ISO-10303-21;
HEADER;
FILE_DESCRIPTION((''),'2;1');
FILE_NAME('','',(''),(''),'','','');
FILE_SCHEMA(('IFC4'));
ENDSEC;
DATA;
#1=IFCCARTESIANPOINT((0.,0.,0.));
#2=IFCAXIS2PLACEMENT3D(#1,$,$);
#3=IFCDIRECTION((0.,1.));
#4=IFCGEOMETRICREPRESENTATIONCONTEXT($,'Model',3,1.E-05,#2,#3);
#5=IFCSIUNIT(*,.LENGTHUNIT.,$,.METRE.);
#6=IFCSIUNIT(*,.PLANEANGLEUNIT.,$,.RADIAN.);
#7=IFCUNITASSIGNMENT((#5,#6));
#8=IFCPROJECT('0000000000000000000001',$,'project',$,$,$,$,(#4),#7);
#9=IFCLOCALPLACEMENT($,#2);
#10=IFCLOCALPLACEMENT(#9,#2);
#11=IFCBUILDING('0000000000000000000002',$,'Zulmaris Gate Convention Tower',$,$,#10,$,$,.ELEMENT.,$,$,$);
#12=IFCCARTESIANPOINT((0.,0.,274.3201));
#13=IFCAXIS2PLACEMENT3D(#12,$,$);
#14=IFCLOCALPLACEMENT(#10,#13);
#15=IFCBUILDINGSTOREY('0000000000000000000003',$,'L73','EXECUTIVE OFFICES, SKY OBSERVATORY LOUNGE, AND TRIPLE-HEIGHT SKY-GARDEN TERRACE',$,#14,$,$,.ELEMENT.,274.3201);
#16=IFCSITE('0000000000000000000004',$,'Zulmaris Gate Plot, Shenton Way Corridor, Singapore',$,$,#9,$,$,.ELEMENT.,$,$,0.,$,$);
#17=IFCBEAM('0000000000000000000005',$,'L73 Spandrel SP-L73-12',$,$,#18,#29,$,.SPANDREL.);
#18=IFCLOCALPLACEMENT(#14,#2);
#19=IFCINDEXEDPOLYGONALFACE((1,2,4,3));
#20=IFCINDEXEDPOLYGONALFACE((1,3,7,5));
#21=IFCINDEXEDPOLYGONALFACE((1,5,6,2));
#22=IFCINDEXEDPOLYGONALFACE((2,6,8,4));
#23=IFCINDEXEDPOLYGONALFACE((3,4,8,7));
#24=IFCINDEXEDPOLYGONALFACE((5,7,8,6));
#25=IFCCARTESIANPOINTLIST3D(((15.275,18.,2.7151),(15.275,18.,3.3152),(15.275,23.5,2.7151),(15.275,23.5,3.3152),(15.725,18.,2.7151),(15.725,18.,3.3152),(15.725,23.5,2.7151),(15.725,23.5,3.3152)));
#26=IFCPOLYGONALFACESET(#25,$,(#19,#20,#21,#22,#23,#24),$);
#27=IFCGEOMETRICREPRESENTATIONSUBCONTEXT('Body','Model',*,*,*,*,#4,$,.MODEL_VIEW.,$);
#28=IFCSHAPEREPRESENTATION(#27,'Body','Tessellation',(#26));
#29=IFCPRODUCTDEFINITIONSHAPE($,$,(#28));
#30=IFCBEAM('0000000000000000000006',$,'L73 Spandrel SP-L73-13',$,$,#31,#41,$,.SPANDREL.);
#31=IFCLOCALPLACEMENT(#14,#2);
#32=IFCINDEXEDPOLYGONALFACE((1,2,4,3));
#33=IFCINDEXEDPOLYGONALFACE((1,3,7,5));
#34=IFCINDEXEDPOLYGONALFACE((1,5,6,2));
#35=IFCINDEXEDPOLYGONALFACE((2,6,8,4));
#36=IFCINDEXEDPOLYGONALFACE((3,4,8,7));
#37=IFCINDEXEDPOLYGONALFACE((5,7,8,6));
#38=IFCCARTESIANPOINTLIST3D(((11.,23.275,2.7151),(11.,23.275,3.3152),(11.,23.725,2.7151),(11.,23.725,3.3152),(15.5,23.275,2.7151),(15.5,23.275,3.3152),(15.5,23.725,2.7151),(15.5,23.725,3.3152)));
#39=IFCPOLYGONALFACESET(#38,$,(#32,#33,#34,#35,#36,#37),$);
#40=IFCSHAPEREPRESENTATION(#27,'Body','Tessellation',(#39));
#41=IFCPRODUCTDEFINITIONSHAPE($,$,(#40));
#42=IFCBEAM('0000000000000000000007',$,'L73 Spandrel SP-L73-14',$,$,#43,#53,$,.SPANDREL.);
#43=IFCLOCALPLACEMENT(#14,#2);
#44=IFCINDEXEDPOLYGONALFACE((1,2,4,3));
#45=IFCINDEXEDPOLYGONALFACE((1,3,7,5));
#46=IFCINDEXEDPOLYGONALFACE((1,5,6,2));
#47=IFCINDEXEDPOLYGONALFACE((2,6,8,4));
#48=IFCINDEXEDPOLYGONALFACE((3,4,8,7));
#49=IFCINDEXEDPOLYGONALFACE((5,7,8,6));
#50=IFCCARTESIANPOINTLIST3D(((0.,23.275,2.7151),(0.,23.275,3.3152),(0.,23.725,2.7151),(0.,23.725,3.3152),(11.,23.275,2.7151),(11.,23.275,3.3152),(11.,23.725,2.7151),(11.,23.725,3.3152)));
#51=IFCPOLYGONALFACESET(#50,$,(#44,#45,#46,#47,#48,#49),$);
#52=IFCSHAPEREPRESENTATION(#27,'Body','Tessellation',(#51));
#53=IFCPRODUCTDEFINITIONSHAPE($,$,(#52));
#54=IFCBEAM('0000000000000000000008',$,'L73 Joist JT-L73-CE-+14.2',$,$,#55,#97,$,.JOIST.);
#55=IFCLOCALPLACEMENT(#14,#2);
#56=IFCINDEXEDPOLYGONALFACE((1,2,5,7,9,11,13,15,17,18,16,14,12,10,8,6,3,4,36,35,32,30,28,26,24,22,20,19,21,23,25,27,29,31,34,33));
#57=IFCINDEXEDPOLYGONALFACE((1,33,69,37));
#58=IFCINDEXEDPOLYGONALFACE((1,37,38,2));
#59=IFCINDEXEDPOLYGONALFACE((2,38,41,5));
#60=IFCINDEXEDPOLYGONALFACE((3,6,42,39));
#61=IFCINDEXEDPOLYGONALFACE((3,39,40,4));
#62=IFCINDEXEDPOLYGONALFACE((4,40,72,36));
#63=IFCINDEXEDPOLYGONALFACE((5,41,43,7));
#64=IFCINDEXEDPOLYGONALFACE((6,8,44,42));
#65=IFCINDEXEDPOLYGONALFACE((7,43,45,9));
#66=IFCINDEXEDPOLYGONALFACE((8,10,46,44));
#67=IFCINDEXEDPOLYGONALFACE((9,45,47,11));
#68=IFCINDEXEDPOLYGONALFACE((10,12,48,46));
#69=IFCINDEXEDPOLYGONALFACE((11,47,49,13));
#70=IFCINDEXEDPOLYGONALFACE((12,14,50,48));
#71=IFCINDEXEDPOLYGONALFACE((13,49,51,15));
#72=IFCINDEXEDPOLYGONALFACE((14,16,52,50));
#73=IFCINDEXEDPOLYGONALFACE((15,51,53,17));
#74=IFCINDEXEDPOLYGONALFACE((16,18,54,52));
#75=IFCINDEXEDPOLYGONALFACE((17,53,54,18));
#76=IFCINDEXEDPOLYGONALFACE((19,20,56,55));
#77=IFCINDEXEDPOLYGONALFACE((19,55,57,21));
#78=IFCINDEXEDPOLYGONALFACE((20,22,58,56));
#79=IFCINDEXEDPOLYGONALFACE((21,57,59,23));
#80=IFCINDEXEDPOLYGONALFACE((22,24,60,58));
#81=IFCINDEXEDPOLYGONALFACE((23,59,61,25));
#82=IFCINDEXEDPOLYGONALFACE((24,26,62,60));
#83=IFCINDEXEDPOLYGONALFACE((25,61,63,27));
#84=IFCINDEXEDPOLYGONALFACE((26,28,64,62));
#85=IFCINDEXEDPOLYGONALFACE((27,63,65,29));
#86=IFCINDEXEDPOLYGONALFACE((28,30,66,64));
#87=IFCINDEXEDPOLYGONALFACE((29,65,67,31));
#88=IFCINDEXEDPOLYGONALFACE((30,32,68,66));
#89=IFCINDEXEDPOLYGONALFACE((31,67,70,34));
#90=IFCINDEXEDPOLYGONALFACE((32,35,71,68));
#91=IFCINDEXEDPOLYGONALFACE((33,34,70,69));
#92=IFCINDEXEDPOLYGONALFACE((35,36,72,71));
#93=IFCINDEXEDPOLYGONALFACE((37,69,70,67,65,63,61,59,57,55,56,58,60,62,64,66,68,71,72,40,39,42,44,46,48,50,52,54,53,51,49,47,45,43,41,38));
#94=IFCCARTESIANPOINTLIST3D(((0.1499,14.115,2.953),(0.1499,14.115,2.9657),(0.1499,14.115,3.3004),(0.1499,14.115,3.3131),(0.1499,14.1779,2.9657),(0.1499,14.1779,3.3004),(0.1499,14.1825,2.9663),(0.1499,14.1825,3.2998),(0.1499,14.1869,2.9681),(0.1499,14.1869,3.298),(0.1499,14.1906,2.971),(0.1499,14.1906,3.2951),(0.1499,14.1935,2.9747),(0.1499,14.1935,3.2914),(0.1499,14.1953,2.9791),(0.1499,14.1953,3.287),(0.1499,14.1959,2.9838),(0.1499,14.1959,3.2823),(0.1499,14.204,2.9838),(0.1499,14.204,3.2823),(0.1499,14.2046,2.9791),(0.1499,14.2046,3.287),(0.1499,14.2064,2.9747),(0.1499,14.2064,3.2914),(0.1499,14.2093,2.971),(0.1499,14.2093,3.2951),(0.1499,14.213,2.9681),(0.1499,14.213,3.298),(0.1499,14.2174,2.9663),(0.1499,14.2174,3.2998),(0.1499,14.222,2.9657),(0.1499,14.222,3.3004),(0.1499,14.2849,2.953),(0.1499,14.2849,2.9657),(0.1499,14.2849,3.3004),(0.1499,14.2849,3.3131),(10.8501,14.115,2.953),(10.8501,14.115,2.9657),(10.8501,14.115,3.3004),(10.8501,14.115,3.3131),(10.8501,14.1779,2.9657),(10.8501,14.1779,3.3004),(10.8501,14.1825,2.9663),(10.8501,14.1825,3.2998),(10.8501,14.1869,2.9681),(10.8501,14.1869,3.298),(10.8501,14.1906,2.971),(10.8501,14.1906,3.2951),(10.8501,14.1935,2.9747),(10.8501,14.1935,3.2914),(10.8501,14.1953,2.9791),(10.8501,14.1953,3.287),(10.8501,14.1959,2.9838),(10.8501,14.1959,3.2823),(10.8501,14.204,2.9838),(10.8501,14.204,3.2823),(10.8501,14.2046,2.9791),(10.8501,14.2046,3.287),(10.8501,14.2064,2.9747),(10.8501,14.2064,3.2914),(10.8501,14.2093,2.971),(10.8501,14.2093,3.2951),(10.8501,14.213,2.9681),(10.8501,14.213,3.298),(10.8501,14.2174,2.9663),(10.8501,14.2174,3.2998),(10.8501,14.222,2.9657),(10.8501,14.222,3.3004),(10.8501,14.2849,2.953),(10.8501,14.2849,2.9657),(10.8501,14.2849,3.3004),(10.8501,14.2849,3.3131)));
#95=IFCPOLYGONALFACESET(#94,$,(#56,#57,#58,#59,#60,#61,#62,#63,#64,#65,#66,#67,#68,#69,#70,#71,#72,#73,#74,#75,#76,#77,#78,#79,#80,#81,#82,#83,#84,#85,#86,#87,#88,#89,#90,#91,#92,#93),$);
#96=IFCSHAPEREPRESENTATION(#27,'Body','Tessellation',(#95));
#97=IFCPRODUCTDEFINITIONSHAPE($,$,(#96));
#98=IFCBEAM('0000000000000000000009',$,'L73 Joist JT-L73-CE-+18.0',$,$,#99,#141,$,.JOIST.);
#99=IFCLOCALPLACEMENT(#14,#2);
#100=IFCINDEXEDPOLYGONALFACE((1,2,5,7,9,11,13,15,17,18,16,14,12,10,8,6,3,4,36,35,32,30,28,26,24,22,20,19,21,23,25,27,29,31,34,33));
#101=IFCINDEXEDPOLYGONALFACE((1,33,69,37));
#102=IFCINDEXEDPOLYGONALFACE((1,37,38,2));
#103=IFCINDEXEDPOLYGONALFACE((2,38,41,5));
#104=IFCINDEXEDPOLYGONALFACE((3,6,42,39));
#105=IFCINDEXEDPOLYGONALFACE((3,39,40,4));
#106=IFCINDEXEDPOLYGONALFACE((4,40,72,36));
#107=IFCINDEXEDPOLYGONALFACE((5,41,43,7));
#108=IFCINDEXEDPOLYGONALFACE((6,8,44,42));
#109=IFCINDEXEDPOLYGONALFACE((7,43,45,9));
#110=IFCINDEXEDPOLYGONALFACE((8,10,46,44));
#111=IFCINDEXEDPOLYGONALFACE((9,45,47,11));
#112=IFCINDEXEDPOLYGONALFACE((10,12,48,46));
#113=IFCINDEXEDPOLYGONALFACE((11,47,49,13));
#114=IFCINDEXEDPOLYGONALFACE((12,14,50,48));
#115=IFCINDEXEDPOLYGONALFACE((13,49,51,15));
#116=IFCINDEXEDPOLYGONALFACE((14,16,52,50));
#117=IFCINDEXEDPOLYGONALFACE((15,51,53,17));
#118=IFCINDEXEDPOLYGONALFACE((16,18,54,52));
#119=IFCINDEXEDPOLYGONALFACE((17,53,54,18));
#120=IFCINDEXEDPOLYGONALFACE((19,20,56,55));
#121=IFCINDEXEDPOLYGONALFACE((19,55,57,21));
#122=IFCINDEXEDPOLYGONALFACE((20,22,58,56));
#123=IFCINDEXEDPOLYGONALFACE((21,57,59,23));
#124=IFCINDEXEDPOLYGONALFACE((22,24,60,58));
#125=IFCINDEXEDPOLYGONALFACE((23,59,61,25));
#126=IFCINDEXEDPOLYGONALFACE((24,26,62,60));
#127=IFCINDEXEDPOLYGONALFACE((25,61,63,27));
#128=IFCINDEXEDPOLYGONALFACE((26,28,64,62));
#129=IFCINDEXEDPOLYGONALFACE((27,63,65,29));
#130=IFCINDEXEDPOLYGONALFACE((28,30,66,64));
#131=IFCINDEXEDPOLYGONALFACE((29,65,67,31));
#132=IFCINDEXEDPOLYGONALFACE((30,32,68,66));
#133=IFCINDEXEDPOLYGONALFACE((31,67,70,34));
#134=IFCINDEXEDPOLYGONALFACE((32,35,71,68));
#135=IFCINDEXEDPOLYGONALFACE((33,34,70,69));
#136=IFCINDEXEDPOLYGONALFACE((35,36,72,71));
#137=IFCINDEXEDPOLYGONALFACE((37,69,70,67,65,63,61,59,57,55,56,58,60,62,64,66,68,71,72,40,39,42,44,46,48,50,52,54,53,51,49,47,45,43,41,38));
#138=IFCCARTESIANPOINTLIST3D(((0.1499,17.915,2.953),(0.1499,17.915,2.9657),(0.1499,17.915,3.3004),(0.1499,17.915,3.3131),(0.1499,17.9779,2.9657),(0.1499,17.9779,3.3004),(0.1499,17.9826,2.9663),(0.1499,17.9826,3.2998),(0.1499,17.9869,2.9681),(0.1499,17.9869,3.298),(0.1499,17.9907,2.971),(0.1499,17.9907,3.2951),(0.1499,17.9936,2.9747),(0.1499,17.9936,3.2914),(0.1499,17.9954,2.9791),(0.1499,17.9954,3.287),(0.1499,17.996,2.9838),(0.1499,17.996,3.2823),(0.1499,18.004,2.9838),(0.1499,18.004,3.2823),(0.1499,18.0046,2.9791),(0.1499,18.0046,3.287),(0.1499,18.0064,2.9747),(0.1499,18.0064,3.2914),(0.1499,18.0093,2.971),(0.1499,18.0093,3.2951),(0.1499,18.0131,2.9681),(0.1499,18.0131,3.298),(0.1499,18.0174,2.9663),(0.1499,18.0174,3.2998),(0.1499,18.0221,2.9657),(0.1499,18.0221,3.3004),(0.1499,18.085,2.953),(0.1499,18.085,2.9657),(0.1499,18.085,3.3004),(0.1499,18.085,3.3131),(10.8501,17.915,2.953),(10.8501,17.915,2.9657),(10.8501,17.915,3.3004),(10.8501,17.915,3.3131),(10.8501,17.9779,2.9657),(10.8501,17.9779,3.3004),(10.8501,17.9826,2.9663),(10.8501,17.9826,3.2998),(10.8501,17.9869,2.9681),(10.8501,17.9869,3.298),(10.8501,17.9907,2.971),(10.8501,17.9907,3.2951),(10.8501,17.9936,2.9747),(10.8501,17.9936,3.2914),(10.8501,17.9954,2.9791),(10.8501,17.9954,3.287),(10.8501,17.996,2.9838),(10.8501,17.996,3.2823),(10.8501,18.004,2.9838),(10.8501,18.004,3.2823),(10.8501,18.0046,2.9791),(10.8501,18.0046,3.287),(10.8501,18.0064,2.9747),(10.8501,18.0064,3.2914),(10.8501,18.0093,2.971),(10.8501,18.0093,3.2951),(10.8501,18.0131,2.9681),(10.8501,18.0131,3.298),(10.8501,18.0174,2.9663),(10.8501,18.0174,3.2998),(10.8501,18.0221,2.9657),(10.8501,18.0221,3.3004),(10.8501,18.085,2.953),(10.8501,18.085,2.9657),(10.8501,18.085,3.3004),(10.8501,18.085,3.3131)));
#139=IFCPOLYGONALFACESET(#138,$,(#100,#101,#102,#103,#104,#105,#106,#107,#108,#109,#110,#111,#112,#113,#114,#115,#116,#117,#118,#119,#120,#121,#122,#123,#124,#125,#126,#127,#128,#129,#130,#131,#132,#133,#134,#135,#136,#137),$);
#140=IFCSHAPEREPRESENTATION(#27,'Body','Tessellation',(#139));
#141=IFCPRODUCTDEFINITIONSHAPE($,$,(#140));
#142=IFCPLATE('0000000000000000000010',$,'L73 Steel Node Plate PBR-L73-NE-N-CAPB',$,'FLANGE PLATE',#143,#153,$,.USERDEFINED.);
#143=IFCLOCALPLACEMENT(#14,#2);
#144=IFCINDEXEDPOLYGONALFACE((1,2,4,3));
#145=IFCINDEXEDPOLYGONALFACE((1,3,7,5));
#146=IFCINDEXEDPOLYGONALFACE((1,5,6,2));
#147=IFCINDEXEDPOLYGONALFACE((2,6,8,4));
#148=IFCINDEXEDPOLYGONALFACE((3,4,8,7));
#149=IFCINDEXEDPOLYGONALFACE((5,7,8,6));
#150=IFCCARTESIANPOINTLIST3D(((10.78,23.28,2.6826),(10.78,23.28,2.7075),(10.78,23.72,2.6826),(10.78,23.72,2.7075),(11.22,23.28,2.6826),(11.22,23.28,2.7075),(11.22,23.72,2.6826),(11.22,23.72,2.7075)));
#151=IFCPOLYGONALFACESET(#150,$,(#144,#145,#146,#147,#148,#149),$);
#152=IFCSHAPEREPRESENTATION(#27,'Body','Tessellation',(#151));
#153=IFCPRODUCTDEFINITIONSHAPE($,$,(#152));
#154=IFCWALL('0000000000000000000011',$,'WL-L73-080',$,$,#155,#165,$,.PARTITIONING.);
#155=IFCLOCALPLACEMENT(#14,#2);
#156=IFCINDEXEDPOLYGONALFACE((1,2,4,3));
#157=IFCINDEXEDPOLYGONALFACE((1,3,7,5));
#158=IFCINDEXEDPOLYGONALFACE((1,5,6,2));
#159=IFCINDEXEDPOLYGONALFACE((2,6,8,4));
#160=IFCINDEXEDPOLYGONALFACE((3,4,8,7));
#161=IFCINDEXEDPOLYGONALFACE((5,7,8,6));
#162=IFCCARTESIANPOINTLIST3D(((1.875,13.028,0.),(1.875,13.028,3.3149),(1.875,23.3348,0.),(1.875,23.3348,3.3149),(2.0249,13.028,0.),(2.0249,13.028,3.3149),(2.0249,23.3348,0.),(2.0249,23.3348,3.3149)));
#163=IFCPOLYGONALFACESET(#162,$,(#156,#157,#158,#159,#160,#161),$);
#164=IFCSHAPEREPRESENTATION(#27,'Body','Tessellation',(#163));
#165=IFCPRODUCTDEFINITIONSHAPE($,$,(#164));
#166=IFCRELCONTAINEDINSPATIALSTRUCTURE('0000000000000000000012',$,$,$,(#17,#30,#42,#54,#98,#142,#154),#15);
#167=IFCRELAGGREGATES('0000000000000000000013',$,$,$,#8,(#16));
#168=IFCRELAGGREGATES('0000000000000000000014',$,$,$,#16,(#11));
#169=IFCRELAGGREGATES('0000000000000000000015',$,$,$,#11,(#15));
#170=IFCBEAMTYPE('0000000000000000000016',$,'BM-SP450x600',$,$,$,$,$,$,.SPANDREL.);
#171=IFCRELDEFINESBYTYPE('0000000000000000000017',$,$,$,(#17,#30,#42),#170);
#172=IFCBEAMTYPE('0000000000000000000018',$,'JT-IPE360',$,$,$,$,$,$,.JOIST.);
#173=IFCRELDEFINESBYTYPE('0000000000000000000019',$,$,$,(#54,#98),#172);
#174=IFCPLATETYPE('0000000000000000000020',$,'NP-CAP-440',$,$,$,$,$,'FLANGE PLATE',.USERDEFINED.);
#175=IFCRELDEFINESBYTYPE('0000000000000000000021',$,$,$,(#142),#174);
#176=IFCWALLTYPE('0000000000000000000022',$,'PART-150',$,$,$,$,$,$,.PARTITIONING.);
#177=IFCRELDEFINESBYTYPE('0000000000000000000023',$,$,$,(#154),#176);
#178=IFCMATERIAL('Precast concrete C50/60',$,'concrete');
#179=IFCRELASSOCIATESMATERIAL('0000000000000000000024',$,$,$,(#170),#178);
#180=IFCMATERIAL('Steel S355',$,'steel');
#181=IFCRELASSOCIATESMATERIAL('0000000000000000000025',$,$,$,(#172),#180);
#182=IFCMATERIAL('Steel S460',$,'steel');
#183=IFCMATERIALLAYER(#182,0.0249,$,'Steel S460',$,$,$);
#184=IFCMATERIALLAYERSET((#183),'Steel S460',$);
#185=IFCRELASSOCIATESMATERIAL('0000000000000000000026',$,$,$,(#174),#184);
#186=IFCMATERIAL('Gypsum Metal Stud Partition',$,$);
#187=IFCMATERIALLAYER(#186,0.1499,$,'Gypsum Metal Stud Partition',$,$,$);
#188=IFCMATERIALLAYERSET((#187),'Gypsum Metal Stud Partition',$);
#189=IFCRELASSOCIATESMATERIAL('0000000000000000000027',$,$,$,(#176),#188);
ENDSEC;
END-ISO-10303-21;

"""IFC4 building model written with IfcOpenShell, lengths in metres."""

from ifc_helpers import new_model, si_unit, direction, frame, frame_2d, origin, origin_2d, place, context, subcontext, project, spatial, rectangle, i_section, extrude, material, layer, layer_set, material_profile, profile_set, type_object, element, save


model = new_model("IFC4")

# Units and contexts
model_context = context("Model", 3, precision=1e-05, world=origin(), true_north=direction((0.0, 1.0)))
body_context = subcontext(model_context, "Body", "Model", "MODEL_VIEW")
ifc_project = project(units=[si_unit("LENGTHUNIT", "METRE"), si_unit("PLANEANGLEUNIT", "RADIAN")], contexts=[model_context])

# Site, building, storey
site_placement = place(None, origin())
site = spatial("IfcSite", under=ifc_project, at=site_placement, Name="Zulmaris Gate Plot, Shenton Way Corridor, Singapore", CompositionType="ELEMENT", RefElevation=0.0)
building_placement = place(site_placement, origin())
building = spatial("IfcBuilding", under=site, at=building_placement, Name="Zulmaris Gate Convention Tower", CompositionType="ELEMENT")
storey_placement = place(building_placement, frame((0.0, 0.0, 274.3201)))
storey = spatial("IfcBuildingStorey", under=building, at=storey_placement, Name="L73", Description="EXECUTIVE OFFICES, SKY OBSERVATORY LOUNGE, AND TRIPLE-HEIGHT SKY-GARDEN TERRACE", CompositionType="ELEMENT", Elevation=274.3201)

# Beams
ifc_material_1 = material(Name="Steel S355", Category="steel")
ifc_material_2 = material(Name="Precast concrete C50/60", Category="concrete")
ifc_material_profile_1 = material_profile(ifc_material_2, rectangle(XDim=0.45, YDim=0.6001, at=origin_2d()), Name="RC SPANDREL 450x600")
ifc_profile_set_1 = profile_set([ifc_material_profile_1], Name="Precast concrete C50/60")
beam_type_1 = type_object("IfcBeamType", Name="BM-SP450x600", PredefinedType="SPANDREL", material=ifc_profile_set_1)
beam_1_placement = place(storey_placement, frame((15.5, 18.0, 3.0151), z_axis=(0.0, 1.0, 0.0), x_axis=(-1.0, 0.0, 0.0)))
element("IfcBeam", 1, at=beam_1_placement, inside=storey, type_object=beam_type_1, Name="L73 Spandrel SP-L73-12", PredefinedType="SPANDREL", context=body_context, shape_type="SweptSolid", body=[
    extrude(rectangle(XDim=0.45, YDim=0.6001, at=origin_2d()), origin(), (0.0, 0.0, 1.0), 5.5),
])
beam_2_placement = place(storey_placement, frame((15.5, 23.5, 3.0151), z_axis=(-1.0, 0.0, 0.0), x_axis=(0.0, -1.0, 0.0)))
element("IfcBeam", 2, at=beam_2_placement, inside=storey, type_object=beam_type_1, Name="L73 Spandrel SP-L73-13", PredefinedType="SPANDREL", context=body_context, shape_type="SweptSolid", body=[
    extrude(rectangle(XDim=0.45, YDim=0.6001, at=origin_2d()), origin(), (0.0, 0.0, 1.0), 4.5),
])
beam_3_placement = place(storey_placement, frame((11.0, 23.5, 3.0151), z_axis=(-1.0, 0.0, 0.0), x_axis=(0.0, -1.0, 0.0)))
element("IfcBeam", 3, at=beam_3_placement, inside=storey, type_object=beam_type_1, Name="L73 Spandrel SP-L73-14", PredefinedType="SPANDREL", context=body_context, shape_type="SweptSolid", body=[
    extrude(rectangle(XDim=0.45, YDim=0.6001, at=origin_2d()), origin(), (0.0, 0.0, 1.0), 11.0),
])
ifc_material_profile_2 = material_profile(ifc_material_1, i_section(OverallWidth=0.1699, OverallDepth=0.3601, WebThickness=0.0081, FlangeThickness=0.0127, FilletRadius=0.0181, at=origin_2d()), Name="IPE 360")
ifc_profile_set_2 = profile_set([ifc_material_profile_2], Name="Steel S355")
beam_type_2 = type_object("IfcBeamType", Name="JT-IPE360", PredefinedType="JOIST", material=ifc_profile_set_2)
for number, where, z_axis, x_axis, name in (
    (4, (0.1499, 14.2, 3.1331), (1.0, 0.0, 0.0), (0.0, 1.0, 0.0), "L73 Joist JT-L73-CE-+14.2"),
    (5, (0.1499, 18.0, 3.1331), (1.0, 0.0, 0.0), (0.0, 1.0, 0.0), "L73 Joist JT-L73-CE-+18.0"),
):
    element("IfcBeam", number, at=place(storey_placement, frame(where, z_axis=z_axis, x_axis=x_axis)), inside=storey, type_object=beam_type_2, Name=name, PredefinedType="JOIST", context=body_context, shape_type="SweptSolid", body=[
        extrude(i_section(OverallWidth=0.1699, OverallDepth=0.3601, WebThickness=0.0081, FlangeThickness=0.0127, FilletRadius=0.0181, at=origin_2d()), origin(), (0.0, 0.0, 1.0), 10.7002),
    ])

# Plate
ifc_material_3 = material(Name="Steel S460", Category="steel")
ifc_layer_1 = layer(ifc_material_3, 0.0249, Name="Steel S460")
ifc_layer_set_1 = layer_set([ifc_layer_1], Name="Steel S460")
plate_type = type_object("IfcPlateType", Name="NP-CAP-440", ElementType="FLANGE PLATE", PredefinedType="USERDEFINED", material=ifc_layer_set_1)
plate_placement = place(storey_placement, frame((11.0, 23.5, 2.6826), z_axis=(0.0, 0.0, 1.0), x_axis=(1.0, 0.0, 0.0)))
element("IfcPlate", 6, at=plate_placement, inside=storey, type_object=plate_type, Name="L73 Steel Node Plate PBR-L73-NE-N-CAPB", ObjectType="FLANGE PLATE", PredefinedType="USERDEFINED", context=body_context, shape_type="SweptSolid", body=[
    extrude(rectangle(XDim=0.4399, YDim=0.4399, at=origin_2d()), origin(), (0.0, 0.0, 1.0), 0.0249),
])

# Wall
ifc_material_4 = material(Name="Gypsum Metal Stud Partition")
ifc_layer_2 = layer(ifc_material_4, 0.1499, Name="Gypsum Metal Stud Partition")
ifc_layer_set_2 = layer_set([ifc_layer_2], Name="Gypsum Metal Stud Partition")
wall_type_1 = type_object("IfcWallType", Name="PART-150", PredefinedType="PARTITIONING", material=ifc_layer_set_2)
wall_1_placement = place(storey_placement, frame((1.95, 13.0281, 0.0), z_axis=(0.0, 0.0, 1.0), x_axis=(0.0, 1.0, 0.0)))
element("IfcWall", 7, at=wall_1_placement, inside=storey, type_object=wall_type_1, Name="WL-L73-080", PredefinedType="PARTITIONING", context=body_context, shape_type="SweptSolid", body=[
    extrude(rectangle(XDim=10.3069, YDim=0.1499, at=frame_2d((5.1533, 0.0))), origin(), (0.0, 0.0, 1.0), 3.3149),
])

save(model, "model.ifc")
